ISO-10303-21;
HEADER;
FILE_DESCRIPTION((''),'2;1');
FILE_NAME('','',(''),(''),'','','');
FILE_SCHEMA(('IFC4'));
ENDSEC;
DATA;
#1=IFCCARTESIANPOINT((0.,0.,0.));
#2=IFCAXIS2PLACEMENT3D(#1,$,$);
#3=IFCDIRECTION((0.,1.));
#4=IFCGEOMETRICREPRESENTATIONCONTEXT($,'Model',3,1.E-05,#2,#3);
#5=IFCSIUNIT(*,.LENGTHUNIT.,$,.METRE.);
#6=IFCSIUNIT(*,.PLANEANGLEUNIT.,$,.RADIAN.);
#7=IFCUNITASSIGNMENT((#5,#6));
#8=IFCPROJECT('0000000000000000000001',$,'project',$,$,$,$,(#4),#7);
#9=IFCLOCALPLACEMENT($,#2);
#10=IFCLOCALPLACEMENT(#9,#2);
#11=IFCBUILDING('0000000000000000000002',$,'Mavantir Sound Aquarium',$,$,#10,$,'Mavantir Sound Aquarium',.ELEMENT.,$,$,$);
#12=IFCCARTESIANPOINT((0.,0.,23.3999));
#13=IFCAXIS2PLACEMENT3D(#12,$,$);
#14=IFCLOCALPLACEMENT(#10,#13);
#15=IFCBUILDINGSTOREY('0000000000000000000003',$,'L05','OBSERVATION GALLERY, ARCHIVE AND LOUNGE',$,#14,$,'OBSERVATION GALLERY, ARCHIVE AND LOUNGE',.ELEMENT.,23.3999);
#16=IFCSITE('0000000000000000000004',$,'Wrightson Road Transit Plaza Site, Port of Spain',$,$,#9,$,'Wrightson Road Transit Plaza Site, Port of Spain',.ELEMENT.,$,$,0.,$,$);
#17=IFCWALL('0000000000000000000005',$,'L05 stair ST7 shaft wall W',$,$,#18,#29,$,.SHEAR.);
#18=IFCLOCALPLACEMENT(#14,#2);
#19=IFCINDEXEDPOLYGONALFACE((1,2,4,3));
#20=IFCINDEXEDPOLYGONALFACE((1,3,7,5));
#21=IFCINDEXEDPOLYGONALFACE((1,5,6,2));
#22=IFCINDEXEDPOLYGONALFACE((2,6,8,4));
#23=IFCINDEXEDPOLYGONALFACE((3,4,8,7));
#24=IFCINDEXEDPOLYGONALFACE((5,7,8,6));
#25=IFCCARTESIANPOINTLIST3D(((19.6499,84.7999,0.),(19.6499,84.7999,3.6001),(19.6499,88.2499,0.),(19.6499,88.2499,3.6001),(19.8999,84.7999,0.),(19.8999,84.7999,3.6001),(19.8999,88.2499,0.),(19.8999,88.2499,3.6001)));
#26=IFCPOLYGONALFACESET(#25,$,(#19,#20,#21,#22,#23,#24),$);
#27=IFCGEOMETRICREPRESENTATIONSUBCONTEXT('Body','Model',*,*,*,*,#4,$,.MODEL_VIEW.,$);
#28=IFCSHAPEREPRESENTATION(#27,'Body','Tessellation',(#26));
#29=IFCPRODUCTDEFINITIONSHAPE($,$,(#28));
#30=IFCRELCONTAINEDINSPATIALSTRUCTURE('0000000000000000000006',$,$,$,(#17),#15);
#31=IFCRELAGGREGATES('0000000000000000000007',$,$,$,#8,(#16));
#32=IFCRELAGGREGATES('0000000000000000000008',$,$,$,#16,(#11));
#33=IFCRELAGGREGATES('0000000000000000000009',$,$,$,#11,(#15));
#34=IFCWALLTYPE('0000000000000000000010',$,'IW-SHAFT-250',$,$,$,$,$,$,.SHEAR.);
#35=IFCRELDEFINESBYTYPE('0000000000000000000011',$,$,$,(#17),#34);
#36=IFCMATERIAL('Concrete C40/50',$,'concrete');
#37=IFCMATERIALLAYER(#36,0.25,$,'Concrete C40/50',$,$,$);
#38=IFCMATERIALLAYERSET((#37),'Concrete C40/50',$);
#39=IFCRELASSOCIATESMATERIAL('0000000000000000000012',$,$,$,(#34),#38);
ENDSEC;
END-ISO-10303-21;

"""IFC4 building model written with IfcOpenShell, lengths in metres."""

from ifc_helpers import new_model, si_unit, direction, frame, frame_2d, origin, place, context, subcontext, project, spatial, rectangle, extrude, material, layer, layer_set, type_object, element, save


model = new_model("IFC4")

# Units and contexts
model_context = context("Model", 3, precision=1e-05, world=origin(), true_north=direction((0.0, 1.0)))
body_context = subcontext(model_context, "Body", "Model", "MODEL_VIEW")
ifc_project = project(units=[si_unit("LENGTHUNIT", "METRE"), si_unit("PLANEANGLEUNIT", "RADIAN")], contexts=[model_context])

# Site, building, storey
site_placement = place(None, origin())
site = spatial("IfcSite", under=ifc_project, at=site_placement, Name="Wrightson Road Transit Plaza Site, Port of Spain", LongName="Wrightson Road Transit Plaza Site, Port of Spain", CompositionType="ELEMENT", RefElevation=0.0)
building_placement = place(site_placement, origin())
building = spatial("IfcBuilding", under=site, at=building_placement, Name="Mavantir Sound Aquarium", LongName="Mavantir Sound Aquarium", CompositionType="ELEMENT")
storey_placement = place(building_placement, frame((0.0, 0.0, 23.3999)))
storey = spatial("IfcBuildingStorey", under=building, at=storey_placement, Name="L05", Description="OBSERVATION GALLERY, ARCHIVE AND LOUNGE", LongName="OBSERVATION GALLERY, ARCHIVE AND LOUNGE", CompositionType="ELEMENT", Elevation=23.3999)

# Shared definitions
ifc_material_1 = material(Name="Concrete C40/50", Category="concrete")

# Shared definitions
ifc_layer_1 = layer(ifc_material_1, 0.25, Name="Concrete C40/50")
ifc_layer_set_1 = layer_set([ifc_layer_1], Name="Concrete C40/50")
wall_type_1 = type_object("IfcWallType", Name="IW-SHAFT-250", PredefinedType="SHEAR", material=ifc_layer_set_1)

# Wall
wall_1_placement = place(storey_placement, frame((19.7749, 88.25, 0.0), z_axis=(0.0, 0.0, 1.0), x_axis=(0.0, -1.0, 0.0)))
element("IfcWall", 1, at=wall_1_placement, inside=storey, type_object=wall_type_1, Name="L05 stair ST7 shaft wall W", PredefinedType="SHEAR", context=body_context, shape_type="SweptSolid", body=[
    extrude(rectangle(XDim=3.45, YDim=0.25, at=frame_2d((1.7251, 0.0))), origin(), (0.0, 0.0, 1.0), 3.6001),
])

save(model, "model.ifc")
